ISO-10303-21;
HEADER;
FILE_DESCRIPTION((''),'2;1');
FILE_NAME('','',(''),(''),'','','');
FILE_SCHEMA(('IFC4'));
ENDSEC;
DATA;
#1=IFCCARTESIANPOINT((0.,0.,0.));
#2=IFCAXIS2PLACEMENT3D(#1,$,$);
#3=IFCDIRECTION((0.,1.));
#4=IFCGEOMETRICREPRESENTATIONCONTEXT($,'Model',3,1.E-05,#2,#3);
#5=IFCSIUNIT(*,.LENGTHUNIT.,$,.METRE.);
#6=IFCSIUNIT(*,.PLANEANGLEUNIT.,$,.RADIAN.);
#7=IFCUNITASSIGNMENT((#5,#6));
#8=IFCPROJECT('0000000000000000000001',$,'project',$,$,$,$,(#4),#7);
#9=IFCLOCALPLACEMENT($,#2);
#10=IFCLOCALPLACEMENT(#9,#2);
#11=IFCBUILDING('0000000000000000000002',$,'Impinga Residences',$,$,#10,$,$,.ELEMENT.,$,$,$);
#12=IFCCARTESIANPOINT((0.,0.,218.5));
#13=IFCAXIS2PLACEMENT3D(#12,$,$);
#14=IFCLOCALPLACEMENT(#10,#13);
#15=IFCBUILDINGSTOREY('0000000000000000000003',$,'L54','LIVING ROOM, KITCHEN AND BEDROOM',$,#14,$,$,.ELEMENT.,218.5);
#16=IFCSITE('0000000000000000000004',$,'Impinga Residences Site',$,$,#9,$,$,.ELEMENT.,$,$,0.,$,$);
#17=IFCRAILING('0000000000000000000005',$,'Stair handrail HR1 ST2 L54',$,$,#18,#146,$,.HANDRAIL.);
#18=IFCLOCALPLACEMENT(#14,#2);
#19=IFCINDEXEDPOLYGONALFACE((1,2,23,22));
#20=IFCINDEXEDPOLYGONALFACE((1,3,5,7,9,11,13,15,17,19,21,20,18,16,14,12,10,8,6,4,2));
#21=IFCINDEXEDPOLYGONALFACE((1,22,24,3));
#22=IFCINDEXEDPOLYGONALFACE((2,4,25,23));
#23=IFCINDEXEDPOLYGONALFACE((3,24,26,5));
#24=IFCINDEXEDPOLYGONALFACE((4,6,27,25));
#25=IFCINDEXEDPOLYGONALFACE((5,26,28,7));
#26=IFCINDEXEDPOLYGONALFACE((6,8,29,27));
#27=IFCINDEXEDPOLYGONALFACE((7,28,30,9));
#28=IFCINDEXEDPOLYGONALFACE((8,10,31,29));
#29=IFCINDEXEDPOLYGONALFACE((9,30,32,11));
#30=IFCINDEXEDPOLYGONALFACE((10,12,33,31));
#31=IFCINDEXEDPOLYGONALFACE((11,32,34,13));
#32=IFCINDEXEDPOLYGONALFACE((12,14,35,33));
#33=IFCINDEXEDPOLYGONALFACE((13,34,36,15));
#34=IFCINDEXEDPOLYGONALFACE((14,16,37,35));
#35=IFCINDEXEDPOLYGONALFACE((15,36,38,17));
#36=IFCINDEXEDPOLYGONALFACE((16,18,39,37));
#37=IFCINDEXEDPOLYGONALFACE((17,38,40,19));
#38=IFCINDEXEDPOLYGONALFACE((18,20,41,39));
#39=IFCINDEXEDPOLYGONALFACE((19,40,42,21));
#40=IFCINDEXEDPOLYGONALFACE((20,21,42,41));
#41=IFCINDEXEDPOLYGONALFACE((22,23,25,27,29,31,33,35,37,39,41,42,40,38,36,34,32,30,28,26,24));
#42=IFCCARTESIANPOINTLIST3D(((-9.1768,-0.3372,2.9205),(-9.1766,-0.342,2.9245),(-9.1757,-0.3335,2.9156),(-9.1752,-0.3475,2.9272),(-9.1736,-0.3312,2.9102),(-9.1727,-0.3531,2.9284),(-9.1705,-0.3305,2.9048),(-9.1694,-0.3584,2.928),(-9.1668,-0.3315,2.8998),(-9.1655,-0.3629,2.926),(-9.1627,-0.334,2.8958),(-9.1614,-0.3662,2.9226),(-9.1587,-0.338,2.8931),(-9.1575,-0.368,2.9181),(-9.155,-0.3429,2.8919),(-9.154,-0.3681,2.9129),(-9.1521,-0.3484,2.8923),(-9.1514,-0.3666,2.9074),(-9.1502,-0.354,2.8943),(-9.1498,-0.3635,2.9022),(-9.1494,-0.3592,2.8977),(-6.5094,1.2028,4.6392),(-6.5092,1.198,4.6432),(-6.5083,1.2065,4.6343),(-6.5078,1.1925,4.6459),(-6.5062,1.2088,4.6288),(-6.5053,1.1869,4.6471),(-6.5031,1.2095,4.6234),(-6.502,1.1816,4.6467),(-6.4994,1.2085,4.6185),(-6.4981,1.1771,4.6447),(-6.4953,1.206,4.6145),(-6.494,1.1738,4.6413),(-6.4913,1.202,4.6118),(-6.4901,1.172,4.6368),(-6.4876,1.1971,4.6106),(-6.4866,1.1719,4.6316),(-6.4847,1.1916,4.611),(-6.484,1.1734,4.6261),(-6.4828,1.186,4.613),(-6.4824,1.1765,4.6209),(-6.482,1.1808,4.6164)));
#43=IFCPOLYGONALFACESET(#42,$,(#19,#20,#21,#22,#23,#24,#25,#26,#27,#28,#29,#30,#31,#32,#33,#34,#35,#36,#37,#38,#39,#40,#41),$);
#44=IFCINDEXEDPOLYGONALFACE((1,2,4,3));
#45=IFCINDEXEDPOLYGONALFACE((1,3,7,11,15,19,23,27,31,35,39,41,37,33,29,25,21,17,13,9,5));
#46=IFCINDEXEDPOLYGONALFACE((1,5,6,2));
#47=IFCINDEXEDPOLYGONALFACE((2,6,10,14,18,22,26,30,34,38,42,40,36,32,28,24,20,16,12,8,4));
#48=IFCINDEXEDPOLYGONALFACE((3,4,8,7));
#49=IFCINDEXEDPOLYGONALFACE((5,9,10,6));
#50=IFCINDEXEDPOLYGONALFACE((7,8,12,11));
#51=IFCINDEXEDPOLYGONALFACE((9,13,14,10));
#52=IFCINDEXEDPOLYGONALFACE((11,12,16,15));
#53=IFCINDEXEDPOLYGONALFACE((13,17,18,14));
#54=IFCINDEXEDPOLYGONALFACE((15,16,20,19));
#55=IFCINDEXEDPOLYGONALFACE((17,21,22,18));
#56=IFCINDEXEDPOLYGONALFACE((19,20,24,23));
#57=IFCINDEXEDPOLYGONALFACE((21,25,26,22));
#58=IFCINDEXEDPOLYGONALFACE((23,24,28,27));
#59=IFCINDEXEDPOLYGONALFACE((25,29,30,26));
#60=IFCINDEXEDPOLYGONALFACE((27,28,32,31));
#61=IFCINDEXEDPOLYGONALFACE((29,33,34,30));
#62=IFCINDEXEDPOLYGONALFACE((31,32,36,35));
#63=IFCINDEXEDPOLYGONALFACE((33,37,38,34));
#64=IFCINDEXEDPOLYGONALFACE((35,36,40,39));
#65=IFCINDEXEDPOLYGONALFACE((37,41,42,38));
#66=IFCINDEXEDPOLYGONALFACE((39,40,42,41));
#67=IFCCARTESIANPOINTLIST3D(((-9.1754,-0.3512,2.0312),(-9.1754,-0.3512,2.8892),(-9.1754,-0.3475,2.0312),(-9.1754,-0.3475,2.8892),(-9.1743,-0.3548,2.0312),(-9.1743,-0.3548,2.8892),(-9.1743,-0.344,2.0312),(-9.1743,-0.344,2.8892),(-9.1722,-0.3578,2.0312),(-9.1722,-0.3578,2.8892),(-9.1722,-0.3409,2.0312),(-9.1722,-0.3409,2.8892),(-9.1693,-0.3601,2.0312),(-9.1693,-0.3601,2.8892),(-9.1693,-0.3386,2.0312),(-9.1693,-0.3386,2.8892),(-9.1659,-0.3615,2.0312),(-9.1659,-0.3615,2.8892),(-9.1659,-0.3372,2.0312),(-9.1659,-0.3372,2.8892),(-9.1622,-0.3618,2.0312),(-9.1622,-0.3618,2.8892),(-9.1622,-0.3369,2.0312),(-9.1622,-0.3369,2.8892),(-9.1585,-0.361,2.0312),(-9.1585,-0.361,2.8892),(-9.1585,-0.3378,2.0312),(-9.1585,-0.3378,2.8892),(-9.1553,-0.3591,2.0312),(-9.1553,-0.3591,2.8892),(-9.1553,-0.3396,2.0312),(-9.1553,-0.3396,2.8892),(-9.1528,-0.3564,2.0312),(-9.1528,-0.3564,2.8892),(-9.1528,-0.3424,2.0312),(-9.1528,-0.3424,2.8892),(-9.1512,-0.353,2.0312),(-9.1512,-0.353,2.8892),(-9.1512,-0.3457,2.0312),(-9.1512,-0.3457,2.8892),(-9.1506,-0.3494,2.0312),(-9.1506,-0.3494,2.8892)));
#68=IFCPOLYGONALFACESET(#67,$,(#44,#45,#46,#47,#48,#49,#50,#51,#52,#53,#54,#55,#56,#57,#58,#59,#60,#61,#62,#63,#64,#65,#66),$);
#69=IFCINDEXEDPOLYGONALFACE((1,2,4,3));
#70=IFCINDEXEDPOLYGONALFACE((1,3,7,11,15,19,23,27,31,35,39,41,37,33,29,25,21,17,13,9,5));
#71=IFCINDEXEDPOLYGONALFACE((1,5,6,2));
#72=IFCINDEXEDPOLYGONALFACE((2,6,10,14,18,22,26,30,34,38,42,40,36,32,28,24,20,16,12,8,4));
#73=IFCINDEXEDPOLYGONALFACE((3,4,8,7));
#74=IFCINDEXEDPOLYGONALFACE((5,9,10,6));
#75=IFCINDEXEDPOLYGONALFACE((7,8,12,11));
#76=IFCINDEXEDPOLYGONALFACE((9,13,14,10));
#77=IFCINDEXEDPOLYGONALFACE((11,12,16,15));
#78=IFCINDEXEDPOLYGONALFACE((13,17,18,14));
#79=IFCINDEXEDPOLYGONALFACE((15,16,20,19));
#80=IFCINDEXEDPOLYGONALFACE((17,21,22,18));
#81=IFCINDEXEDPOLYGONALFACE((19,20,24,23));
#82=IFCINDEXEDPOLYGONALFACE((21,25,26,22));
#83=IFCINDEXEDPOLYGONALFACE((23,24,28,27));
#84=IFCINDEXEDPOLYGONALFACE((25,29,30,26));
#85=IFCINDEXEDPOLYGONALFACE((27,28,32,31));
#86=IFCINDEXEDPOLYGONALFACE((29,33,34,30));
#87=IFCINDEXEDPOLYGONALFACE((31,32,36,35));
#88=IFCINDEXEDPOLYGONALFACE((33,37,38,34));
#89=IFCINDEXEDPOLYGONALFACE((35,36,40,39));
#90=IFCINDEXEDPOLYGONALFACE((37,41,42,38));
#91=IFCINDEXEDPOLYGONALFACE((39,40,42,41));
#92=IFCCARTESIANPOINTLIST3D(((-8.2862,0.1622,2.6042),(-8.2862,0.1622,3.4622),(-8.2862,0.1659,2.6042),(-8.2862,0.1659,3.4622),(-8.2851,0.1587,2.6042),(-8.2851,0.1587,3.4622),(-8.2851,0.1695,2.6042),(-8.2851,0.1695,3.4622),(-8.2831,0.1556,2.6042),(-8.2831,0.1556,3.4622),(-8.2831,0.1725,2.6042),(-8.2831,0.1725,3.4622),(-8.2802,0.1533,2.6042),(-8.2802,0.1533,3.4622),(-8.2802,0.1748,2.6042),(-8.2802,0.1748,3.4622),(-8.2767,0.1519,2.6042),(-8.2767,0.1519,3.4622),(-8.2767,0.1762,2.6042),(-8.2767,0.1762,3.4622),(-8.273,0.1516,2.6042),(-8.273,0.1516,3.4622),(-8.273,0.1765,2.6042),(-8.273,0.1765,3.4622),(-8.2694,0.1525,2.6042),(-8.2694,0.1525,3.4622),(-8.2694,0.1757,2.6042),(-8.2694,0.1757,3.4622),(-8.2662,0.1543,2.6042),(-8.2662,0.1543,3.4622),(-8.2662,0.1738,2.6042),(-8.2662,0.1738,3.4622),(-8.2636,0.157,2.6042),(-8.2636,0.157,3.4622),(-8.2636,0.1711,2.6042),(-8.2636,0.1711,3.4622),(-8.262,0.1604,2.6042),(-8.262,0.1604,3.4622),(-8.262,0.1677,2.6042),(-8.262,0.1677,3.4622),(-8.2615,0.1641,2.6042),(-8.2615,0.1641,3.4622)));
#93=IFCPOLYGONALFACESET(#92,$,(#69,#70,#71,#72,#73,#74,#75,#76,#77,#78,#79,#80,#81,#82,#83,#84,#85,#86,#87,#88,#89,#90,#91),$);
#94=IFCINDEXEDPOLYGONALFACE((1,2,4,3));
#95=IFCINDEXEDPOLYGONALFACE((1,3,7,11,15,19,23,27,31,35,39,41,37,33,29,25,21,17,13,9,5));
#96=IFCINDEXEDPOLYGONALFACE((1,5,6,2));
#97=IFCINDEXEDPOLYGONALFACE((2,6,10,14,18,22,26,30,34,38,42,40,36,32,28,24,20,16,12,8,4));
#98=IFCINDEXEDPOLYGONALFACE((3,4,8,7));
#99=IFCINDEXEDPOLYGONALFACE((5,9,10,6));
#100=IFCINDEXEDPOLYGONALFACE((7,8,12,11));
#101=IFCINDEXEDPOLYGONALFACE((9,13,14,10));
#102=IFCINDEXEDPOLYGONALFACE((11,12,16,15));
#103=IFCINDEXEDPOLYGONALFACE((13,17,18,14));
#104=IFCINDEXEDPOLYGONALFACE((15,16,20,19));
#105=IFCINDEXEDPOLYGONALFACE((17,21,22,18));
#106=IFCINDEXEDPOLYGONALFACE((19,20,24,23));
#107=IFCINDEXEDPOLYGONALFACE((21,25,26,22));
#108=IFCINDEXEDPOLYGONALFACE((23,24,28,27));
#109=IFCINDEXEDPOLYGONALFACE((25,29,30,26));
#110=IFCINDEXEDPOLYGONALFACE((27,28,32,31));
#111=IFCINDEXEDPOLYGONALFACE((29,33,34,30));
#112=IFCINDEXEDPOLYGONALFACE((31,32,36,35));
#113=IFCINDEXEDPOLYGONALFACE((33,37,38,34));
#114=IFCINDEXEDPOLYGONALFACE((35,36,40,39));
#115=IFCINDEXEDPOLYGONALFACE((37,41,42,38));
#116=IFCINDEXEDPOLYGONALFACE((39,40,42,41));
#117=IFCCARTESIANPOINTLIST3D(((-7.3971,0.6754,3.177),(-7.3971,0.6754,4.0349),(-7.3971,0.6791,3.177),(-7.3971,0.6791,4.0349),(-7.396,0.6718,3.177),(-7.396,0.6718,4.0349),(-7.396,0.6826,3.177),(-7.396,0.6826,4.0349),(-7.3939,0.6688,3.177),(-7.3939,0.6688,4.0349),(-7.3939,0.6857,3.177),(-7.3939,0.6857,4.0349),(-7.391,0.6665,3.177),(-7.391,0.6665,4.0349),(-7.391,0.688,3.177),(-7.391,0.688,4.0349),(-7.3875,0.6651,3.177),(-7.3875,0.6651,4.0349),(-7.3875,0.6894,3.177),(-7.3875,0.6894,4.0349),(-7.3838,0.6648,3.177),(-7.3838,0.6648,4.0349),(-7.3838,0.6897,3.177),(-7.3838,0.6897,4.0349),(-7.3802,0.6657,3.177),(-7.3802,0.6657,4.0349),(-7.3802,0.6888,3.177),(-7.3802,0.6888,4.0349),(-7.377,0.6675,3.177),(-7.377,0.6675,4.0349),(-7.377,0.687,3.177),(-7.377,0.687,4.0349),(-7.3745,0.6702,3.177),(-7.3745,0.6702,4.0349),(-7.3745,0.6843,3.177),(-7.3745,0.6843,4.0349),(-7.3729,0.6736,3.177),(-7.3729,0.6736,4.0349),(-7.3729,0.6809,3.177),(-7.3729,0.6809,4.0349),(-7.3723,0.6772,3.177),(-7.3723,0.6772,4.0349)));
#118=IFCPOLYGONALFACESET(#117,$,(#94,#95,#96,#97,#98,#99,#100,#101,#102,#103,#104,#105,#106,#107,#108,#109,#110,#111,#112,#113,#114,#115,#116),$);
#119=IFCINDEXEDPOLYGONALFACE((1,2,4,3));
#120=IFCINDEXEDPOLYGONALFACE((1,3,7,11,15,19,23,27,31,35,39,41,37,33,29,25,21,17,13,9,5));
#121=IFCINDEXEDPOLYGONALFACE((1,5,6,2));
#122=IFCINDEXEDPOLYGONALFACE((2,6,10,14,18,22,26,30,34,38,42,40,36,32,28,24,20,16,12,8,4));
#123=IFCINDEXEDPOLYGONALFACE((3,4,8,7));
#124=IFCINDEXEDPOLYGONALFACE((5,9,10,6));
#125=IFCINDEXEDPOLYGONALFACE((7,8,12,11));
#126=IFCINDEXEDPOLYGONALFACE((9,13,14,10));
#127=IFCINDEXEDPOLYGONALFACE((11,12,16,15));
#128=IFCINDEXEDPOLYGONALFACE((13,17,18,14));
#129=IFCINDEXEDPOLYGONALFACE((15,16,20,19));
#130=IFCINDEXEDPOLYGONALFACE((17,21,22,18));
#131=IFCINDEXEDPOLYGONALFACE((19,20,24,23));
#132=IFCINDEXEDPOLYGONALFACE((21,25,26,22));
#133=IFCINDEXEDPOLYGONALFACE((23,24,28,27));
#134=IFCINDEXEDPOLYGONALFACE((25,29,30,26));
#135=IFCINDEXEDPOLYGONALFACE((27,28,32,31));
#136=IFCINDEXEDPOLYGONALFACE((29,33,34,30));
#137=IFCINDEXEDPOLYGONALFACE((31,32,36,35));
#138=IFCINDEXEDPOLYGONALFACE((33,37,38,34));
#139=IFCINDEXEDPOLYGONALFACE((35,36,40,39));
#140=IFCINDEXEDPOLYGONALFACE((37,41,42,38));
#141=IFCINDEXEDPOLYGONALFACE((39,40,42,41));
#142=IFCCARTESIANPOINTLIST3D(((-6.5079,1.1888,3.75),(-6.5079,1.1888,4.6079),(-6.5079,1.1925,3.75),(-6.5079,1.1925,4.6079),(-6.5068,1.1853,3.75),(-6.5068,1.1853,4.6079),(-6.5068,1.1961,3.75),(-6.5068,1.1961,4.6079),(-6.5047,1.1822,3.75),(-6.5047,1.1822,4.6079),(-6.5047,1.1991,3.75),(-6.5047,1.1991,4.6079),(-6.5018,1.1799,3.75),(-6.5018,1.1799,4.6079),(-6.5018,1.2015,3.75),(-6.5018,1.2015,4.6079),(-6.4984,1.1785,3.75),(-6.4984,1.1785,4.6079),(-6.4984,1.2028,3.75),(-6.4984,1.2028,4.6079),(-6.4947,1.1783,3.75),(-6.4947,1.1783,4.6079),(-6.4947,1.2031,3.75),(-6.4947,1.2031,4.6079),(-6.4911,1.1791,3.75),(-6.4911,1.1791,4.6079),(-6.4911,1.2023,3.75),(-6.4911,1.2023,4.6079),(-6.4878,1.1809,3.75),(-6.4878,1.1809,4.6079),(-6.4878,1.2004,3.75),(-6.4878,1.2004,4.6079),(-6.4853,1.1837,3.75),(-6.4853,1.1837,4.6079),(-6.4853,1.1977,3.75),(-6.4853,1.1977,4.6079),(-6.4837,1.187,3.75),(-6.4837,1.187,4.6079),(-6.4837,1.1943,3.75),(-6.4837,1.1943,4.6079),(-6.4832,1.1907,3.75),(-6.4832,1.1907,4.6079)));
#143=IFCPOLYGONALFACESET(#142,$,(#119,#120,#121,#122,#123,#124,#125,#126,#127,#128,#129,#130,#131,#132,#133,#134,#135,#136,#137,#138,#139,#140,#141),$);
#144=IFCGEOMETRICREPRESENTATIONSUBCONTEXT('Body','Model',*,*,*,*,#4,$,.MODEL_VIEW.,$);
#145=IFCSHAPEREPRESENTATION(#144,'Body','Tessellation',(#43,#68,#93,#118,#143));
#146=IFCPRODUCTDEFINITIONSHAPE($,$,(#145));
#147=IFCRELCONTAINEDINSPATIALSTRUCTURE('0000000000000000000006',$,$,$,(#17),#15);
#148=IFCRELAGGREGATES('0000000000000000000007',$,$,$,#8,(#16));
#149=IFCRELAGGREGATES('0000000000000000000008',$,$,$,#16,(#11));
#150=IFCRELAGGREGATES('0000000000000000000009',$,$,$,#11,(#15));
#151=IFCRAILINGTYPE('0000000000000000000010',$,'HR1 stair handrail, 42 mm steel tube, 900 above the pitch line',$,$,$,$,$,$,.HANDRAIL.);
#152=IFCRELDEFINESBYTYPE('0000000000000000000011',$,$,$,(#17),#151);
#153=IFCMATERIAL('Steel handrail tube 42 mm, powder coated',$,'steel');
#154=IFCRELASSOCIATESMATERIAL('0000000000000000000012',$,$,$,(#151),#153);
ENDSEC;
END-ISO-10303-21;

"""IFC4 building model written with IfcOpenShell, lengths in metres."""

from ifc_helpers import new_model, si_unit, direction, frame, origin, origin_2d, place, context, subcontext, project, spatial, circle, extrude, material, type_object, element, save


model = new_model("IFC4")

# Units and contexts
model_context = context("Model", 3, precision=1e-05, world=origin(), true_north=direction((0.0, 1.0)))
body_context = subcontext(model_context, "Body", "Model", "MODEL_VIEW")
ifc_project = project(units=[si_unit("LENGTHUNIT", "METRE"), si_unit("PLANEANGLEUNIT", "RADIAN")], contexts=[model_context])

# Site, building, storey
site_placement = place(None, origin())
site = spatial("IfcSite", under=ifc_project, at=site_placement, Name="Impinga Residences Site", CompositionType="ELEMENT", RefElevation=0.0)
building_placement = place(site_placement, origin())
building = spatial("IfcBuilding", under=site, at=building_placement, Name="Impinga Residences", CompositionType="ELEMENT")
storey_placement = place(building_placement, frame((0.0, 0.0, 218.5)))
storey = spatial("IfcBuildingStorey", under=building, at=storey_placement, Name="L54", Description="LIVING ROOM, KITCHEN AND BEDROOM", CompositionType="ELEMENT", Elevation=218.5)

# Railing
ifc_material_1 = material(Name="Steel handrail tube 42 mm, powder coated", Category="steel")
railing_type_1 = type_object("IfcRailingType", Name="HR1 stair handrail, 42 mm steel tube, 900 above the pitch line", PredefinedType="HANDRAIL", material=ifc_material_1)
railing_1_placement = place(storey_placement, frame((-9.1631, -0.3494, 2.0312)))
element("IfcRailing", 1, at=railing_1_placement, inside=storey, type_object=railing_type_1, Name="Stair handrail HR1 ST2 L54", PredefinedType="HANDRAIL", context=body_context, shape_type="SweptSolid", body=[
    extrude(circle(Radius=0.021, at=origin_2d()), frame((0.0, 0.0, 0.8789), z_axis=(0.756256, 0.436616, 0.487282), x_axis=(-0.499992, 0.86603, 0.0)), (0.0, 0.0, 1.0), 3.5271),
    extrude(circle(Radius=0.0125, at=origin_2d()), origin(), (0.0, 0.0, 1.0), 0.8579),
    extrude(circle(Radius=0.0125, at=origin_2d()), frame((0.8892, 0.5134, 0.573)), (0.0, 0.0, 1.0), 0.8579),
    extrude(circle(Radius=0.0125, at=origin_2d()), frame((1.7783, 1.0266, 1.1458)), (0.0, 0.0, 1.0), 0.8579),
    extrude(circle(Radius=0.0125, at=origin_2d()), frame((2.6675, 1.54, 1.7188)), (0.0, 0.0, 1.0), 0.8579),
])

save(model, "model.ifc")
